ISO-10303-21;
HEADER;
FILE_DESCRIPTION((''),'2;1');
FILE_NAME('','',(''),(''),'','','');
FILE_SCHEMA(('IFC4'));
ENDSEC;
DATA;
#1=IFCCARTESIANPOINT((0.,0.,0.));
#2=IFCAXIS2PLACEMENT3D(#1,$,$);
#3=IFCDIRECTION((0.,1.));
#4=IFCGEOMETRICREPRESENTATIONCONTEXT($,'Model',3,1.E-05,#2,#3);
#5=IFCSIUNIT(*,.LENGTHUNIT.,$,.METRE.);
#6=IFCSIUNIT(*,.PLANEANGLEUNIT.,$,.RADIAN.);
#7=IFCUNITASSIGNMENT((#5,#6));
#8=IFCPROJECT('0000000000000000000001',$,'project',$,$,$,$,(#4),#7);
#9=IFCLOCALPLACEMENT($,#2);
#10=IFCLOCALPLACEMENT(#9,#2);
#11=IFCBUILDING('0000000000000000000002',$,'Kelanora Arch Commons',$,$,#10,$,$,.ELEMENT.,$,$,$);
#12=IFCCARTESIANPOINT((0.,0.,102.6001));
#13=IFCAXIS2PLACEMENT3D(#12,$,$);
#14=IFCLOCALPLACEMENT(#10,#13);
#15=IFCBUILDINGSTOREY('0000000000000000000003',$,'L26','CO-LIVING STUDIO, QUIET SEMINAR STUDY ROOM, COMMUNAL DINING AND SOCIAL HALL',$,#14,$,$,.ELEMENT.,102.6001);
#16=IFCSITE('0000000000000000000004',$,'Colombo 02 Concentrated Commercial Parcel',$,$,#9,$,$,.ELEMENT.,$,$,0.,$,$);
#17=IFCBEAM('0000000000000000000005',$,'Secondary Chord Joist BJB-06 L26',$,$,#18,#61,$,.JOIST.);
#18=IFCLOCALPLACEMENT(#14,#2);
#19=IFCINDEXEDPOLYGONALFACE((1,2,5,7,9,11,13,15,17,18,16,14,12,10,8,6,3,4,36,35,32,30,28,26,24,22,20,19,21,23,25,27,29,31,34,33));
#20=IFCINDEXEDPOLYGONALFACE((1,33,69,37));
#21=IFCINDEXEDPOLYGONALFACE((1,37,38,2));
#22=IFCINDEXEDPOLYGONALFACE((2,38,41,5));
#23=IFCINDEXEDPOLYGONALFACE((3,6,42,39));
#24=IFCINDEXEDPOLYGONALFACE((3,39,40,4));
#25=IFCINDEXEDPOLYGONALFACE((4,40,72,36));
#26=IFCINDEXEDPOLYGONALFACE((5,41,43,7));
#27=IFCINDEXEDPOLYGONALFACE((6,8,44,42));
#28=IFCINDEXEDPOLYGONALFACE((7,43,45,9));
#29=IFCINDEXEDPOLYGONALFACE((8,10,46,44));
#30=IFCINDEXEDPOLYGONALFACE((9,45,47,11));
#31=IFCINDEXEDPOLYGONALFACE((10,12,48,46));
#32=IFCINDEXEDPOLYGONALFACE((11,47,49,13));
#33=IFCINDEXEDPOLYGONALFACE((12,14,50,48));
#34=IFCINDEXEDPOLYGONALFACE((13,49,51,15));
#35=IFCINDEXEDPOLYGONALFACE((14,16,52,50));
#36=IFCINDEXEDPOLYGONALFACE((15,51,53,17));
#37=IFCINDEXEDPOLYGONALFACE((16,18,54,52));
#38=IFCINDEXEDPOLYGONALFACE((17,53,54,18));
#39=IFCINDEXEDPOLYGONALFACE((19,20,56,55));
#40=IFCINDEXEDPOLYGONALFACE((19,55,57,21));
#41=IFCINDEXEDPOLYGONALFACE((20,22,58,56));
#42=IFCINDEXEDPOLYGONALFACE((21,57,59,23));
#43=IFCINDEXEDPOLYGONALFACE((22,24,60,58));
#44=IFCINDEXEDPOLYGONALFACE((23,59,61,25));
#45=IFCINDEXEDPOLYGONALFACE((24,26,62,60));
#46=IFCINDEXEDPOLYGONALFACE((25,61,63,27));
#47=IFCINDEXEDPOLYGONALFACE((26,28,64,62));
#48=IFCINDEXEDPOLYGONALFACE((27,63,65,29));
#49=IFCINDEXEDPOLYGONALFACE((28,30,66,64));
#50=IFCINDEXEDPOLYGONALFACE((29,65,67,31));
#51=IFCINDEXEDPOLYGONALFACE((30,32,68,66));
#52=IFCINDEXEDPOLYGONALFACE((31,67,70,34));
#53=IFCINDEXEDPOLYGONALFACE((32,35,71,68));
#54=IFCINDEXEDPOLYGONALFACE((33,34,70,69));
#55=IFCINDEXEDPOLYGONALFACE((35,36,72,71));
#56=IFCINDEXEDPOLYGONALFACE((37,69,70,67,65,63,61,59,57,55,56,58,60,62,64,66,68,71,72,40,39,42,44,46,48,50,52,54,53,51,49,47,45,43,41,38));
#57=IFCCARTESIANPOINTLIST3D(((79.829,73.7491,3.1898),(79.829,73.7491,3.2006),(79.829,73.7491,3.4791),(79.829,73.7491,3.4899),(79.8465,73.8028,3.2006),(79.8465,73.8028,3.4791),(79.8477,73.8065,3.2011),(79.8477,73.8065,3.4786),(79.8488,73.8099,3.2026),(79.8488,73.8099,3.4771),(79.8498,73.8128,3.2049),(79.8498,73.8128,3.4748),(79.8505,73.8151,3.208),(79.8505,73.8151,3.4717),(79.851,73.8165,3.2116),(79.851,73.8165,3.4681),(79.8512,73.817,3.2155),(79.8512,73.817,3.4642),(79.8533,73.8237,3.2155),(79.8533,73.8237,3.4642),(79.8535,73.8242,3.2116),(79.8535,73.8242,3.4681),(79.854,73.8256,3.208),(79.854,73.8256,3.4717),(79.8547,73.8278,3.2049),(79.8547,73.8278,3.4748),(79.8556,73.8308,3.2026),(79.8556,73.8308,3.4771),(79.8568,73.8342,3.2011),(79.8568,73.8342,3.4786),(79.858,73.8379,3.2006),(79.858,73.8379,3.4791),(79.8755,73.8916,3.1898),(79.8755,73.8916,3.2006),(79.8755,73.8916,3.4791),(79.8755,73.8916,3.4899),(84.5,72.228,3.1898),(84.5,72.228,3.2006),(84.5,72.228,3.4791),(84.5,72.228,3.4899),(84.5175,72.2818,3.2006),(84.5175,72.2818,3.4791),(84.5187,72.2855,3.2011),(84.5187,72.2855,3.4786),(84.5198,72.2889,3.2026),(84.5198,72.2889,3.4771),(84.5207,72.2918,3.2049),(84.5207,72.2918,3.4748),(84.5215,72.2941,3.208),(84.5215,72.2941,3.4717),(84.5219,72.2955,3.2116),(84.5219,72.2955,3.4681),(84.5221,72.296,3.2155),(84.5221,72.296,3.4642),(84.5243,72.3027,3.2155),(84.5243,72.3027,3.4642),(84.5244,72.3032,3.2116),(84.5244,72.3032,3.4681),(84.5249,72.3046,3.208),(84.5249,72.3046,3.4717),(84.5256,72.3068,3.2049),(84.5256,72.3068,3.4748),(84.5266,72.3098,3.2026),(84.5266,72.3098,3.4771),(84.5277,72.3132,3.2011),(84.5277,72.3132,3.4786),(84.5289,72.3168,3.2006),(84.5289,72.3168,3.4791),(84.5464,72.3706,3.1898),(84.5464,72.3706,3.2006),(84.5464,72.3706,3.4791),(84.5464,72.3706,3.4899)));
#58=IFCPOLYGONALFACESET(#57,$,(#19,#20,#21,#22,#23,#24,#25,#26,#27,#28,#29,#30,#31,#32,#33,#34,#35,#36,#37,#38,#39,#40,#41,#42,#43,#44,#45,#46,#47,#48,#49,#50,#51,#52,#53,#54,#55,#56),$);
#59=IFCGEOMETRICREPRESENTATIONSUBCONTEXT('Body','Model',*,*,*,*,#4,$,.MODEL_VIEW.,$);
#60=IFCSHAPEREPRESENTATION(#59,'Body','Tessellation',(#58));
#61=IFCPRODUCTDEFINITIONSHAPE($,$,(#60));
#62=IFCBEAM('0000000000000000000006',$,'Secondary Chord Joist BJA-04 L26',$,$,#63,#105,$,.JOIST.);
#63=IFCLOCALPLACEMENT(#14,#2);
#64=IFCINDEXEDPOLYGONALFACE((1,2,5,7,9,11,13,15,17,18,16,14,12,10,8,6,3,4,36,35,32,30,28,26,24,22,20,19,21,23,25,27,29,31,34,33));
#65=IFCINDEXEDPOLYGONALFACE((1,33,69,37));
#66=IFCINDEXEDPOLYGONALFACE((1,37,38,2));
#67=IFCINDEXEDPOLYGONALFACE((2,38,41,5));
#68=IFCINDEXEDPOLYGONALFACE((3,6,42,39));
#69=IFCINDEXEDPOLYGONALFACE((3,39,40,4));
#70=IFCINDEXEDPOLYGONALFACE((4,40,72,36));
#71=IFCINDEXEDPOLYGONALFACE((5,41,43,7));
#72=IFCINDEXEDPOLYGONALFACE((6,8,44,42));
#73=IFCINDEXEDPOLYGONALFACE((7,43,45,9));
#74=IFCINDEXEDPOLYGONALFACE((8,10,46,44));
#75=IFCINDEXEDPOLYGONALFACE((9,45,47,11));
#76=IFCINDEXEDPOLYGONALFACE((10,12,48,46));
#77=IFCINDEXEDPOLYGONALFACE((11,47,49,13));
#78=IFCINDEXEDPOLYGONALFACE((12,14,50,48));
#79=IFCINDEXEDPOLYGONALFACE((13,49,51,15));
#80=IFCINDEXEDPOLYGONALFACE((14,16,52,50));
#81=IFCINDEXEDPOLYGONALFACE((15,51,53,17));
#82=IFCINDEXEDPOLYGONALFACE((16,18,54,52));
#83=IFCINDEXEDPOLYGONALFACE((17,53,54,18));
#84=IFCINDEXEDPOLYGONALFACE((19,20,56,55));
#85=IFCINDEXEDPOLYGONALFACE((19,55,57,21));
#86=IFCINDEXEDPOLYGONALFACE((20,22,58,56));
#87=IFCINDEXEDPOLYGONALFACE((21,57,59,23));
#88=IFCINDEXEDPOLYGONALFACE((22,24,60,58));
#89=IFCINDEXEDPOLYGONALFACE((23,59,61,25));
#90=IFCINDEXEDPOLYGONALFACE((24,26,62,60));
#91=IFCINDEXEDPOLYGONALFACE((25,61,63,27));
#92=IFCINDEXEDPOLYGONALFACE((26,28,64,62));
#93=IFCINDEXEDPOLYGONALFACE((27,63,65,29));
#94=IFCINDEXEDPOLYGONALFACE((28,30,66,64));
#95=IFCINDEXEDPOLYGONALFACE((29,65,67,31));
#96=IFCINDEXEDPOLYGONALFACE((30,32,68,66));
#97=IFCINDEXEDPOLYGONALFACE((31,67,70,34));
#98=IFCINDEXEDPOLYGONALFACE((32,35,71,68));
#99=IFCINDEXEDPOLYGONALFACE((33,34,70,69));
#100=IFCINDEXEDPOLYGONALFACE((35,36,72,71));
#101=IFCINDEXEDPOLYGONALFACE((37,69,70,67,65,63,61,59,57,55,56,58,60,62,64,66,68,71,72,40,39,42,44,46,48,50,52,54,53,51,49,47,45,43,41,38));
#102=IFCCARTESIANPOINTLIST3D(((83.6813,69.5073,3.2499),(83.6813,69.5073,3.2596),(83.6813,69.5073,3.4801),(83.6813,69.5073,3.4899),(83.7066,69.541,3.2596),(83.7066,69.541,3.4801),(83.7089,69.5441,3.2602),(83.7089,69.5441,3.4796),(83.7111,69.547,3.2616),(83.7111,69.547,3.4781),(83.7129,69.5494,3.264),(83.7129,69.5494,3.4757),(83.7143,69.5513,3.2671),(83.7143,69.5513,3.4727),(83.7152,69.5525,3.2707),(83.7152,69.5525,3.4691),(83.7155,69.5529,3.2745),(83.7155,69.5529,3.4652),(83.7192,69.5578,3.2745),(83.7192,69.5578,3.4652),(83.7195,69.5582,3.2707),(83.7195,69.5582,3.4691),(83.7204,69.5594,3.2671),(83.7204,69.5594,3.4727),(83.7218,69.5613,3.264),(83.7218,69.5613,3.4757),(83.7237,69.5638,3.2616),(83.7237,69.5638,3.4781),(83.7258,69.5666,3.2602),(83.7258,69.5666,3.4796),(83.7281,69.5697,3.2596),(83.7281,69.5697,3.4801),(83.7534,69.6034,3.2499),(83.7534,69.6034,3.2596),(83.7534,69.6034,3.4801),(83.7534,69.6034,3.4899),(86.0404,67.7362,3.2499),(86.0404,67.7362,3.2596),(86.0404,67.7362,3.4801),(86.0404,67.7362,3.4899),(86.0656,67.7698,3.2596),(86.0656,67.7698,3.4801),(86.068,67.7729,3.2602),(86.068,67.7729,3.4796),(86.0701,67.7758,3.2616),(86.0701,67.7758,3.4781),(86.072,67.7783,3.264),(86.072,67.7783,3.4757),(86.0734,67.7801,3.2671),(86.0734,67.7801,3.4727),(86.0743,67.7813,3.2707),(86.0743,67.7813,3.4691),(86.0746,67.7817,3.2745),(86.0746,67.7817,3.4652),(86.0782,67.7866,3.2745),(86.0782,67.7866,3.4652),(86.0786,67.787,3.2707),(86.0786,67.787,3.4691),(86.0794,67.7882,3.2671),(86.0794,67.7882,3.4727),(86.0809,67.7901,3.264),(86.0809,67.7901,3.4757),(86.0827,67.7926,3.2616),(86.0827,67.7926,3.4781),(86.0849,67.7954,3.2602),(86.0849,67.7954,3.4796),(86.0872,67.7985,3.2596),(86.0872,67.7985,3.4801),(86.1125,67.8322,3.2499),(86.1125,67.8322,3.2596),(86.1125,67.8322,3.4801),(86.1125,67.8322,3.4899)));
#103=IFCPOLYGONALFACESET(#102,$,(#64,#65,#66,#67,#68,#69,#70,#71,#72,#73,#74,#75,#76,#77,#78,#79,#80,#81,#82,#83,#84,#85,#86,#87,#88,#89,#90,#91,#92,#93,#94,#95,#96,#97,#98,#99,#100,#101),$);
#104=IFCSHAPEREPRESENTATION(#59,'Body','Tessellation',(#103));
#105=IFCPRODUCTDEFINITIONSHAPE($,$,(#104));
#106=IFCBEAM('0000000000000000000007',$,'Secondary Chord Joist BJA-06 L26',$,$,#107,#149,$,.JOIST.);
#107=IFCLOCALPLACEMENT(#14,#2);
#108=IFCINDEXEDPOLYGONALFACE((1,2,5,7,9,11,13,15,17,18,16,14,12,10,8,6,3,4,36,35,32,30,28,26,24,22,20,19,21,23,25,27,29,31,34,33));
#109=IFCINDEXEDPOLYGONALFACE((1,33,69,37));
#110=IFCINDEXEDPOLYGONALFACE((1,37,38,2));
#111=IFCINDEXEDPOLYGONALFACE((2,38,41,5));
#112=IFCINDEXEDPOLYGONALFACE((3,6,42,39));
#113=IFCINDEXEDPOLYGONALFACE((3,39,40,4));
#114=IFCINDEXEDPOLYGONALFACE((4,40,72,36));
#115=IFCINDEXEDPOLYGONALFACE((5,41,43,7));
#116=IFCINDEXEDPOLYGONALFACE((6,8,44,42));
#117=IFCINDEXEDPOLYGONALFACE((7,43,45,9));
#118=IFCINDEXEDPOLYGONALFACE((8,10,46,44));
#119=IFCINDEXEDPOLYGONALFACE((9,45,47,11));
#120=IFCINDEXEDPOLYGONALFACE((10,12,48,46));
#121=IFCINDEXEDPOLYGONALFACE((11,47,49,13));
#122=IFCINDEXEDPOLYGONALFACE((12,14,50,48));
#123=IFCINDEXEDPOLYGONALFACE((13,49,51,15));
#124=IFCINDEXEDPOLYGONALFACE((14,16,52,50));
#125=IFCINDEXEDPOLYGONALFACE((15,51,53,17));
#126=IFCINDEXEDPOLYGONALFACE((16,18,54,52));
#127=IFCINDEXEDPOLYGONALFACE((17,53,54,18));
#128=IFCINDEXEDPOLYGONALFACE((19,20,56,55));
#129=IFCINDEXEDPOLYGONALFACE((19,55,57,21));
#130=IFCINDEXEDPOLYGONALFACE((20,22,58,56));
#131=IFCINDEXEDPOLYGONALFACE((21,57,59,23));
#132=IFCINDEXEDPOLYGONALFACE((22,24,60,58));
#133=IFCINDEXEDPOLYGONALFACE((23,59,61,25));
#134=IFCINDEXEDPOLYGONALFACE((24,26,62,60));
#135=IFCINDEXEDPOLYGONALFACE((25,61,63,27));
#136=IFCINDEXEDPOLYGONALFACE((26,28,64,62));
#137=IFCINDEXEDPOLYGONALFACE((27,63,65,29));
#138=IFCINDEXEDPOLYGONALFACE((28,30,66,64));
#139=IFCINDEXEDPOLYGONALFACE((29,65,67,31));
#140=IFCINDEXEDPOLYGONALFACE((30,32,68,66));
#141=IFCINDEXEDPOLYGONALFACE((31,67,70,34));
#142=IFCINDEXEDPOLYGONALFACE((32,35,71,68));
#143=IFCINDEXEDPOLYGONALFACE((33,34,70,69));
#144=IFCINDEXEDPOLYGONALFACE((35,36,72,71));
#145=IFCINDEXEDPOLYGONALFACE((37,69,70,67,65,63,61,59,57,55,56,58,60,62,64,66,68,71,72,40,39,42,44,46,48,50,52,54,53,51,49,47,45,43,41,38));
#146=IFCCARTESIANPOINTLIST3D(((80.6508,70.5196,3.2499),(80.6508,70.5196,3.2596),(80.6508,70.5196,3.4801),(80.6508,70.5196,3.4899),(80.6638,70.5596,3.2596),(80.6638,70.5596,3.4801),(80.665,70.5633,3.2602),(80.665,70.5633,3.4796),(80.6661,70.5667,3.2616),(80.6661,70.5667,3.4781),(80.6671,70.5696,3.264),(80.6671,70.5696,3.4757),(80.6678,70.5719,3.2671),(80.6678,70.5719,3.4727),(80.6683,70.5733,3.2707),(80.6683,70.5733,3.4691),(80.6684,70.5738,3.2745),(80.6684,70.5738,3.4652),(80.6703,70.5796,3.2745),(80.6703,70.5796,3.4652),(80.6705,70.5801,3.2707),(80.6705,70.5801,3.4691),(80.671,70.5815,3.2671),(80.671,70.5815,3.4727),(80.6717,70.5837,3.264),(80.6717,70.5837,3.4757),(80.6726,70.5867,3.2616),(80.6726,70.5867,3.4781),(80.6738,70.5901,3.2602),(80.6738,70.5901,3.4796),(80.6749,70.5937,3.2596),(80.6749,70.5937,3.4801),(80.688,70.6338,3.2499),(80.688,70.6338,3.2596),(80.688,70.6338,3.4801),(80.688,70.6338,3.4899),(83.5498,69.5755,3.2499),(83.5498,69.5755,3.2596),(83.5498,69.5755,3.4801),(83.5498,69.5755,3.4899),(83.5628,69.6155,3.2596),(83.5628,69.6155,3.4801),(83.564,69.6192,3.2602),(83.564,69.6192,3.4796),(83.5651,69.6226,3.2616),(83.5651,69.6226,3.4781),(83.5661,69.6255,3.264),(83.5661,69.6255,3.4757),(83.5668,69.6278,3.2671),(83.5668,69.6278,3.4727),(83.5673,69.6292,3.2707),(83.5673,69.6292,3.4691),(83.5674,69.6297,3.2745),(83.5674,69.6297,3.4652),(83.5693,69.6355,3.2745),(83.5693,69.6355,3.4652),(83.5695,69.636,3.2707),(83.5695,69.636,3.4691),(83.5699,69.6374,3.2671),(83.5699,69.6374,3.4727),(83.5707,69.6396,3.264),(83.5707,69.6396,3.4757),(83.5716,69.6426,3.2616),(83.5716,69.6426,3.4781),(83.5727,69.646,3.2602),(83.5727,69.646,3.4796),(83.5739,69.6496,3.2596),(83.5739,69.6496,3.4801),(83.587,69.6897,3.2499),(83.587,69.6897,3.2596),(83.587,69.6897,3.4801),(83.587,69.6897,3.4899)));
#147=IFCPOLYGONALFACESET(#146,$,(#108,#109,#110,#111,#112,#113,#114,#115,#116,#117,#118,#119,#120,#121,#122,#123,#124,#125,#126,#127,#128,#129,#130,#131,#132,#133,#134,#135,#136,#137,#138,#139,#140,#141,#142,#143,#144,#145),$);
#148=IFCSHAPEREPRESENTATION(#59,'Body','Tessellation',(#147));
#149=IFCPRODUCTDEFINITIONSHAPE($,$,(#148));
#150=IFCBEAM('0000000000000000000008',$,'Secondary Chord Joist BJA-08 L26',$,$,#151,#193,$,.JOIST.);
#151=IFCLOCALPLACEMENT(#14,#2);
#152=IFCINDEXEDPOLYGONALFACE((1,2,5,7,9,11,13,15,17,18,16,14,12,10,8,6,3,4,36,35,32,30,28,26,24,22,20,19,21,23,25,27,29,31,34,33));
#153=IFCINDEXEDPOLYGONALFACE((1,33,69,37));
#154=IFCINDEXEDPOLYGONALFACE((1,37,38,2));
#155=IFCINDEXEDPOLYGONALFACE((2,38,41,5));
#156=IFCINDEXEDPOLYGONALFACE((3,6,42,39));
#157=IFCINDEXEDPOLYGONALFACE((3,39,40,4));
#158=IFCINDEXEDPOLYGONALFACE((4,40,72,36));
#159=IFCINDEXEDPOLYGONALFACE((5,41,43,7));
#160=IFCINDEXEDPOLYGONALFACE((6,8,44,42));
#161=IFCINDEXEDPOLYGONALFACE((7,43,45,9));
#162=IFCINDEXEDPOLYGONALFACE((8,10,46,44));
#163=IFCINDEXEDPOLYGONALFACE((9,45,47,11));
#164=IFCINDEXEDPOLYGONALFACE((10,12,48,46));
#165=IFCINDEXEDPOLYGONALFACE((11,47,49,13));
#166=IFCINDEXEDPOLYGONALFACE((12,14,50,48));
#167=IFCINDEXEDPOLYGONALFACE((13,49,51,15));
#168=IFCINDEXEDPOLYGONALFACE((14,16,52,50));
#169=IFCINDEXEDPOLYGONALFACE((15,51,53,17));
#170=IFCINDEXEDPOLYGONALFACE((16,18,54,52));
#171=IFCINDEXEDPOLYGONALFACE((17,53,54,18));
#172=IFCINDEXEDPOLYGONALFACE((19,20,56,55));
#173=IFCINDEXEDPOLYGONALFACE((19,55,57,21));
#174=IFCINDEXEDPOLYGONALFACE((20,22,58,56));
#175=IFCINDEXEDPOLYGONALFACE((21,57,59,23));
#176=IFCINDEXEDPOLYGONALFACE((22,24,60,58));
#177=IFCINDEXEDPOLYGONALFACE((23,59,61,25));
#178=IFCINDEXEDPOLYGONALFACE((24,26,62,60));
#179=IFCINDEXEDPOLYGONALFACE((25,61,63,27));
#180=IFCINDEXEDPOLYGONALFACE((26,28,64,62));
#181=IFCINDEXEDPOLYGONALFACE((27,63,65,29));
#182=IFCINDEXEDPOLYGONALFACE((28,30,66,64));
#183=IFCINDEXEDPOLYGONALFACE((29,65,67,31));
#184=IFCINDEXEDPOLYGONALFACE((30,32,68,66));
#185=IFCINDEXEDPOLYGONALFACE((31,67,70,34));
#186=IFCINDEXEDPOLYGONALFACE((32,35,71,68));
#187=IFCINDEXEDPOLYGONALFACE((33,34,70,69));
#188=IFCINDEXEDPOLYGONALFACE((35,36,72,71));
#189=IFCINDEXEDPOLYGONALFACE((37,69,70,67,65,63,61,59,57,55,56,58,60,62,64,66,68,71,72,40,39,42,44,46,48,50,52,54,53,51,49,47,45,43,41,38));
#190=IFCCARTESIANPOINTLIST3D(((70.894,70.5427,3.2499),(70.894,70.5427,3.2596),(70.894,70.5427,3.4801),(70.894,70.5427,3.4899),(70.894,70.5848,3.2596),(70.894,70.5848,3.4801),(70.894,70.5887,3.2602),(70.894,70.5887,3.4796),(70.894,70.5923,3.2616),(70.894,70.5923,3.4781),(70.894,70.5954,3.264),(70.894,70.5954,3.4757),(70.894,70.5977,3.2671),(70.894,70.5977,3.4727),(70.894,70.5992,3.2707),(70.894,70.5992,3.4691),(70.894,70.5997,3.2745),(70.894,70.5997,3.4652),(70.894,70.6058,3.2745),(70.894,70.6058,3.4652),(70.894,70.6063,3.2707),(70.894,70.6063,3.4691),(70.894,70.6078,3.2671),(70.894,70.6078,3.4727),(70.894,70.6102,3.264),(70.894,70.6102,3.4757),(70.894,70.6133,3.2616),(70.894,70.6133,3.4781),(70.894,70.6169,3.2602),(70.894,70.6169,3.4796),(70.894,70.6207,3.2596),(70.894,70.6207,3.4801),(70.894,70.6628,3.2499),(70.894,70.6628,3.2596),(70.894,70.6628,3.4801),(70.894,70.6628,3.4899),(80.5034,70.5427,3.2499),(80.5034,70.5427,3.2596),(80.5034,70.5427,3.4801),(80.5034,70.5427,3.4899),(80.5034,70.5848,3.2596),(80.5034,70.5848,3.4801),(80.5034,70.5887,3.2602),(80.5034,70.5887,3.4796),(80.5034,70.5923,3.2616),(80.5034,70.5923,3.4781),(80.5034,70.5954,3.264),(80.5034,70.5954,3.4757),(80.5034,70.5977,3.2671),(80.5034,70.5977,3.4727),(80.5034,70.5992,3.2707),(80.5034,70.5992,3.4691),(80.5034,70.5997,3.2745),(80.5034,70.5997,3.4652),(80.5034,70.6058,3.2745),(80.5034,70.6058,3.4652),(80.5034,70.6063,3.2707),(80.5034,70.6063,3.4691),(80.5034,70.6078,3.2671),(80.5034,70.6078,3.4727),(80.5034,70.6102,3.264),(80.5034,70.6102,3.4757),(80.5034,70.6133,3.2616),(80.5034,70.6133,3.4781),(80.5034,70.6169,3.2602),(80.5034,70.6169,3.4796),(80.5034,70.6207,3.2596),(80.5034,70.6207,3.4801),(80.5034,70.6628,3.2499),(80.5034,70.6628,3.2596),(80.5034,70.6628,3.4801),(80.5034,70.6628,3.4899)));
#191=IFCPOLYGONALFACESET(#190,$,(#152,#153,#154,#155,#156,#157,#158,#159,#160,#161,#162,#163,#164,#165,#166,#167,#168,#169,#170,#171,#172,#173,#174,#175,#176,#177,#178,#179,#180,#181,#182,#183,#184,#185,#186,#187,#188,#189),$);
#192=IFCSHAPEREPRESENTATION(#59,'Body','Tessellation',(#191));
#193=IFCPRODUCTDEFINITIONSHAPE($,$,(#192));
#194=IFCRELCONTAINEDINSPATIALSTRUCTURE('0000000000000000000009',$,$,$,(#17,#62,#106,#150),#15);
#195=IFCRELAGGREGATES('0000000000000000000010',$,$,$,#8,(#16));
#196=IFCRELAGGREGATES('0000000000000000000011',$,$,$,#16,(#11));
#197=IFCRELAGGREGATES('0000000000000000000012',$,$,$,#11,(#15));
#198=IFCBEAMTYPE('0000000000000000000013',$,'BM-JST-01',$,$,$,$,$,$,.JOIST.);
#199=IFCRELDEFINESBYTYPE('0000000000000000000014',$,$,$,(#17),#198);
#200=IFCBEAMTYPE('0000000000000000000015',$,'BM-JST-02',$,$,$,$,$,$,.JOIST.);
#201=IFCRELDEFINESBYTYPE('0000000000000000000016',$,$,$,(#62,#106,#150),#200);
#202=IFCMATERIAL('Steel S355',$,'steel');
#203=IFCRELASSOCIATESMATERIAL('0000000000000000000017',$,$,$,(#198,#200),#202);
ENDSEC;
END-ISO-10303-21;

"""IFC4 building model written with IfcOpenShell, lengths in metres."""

from ifc_helpers import new_model, si_unit, direction, frame, origin, origin_2d, place, context, subcontext, project, spatial, i_section, extrude, material, material_profile, profile_set, type_object, element, save


model = new_model("IFC4")

# Units and contexts
model_context = context("Model", 3, precision=1e-05, world=origin(), true_north=direction((0.0, 1.0)))
body_context = subcontext(model_context, "Body", "Model", "MODEL_VIEW")
ifc_project = project(units=[si_unit("LENGTHUNIT", "METRE"), si_unit("PLANEANGLEUNIT", "RADIAN")], contexts=[model_context])

# Site, building, storey
site_placement = place(None, origin())
site = spatial("IfcSite", under=ifc_project, at=site_placement, Name="Colombo 02 Concentrated Commercial Parcel", CompositionType="ELEMENT", RefElevation=0.0)
building_placement = place(site_placement, origin())
building = spatial("IfcBuilding", under=site, at=building_placement, Name="Kelanora Arch Commons", CompositionType="ELEMENT")
storey_placement = place(building_placement, frame((0.0, 0.0, 102.6001)))
storey = spatial("IfcBuildingStorey", under=building, at=storey_placement, Name="L26", Description="CO-LIVING STUDIO, QUIET SEMINAR STUDY ROOM, COMMUNAL DINING AND SOCIAL HALL", CompositionType="ELEMENT", Elevation=102.6001)

# Beams
ifc_material_1 = material(Name="Steel S355", Category="steel")
ifc_material_profile_1 = material_profile(ifc_material_1, i_section(OverallWidth=0.1499, OverallDepth=0.3, WebThickness=0.0071, FlangeThickness=0.0107, FilletRadius=0.0149, at=origin_2d()), Name="IPE300")
ifc_profile_set_1 = profile_set([ifc_material_profile_1], Name="Steel S355")
beam_type_1 = type_object("IfcBeamType", Name="BM-JST-01", PredefinedType="JOIST", material=ifc_profile_set_1)
beam_1_placement = place(storey_placement, frame((84.5232, 72.2993, 3.3398), z_axis=(-0.950857, 0.30963, 0.0), x_axis=(-0.30963, -0.950857, 0.0)))
element("IfcBeam", 1, at=beam_1_placement, inside=storey, type_object=beam_type_1, Name="Secondary Chord Joist BJB-06 L26", PredefinedType="JOIST", context=body_context, shape_type="SweptSolid", body=[
    extrude(i_section(OverallWidth=0.1499, OverallDepth=0.3, WebThickness=0.0071, FlangeThickness=0.0107, FilletRadius=0.0149, at=origin_2d()), origin(), (0.0, 0.0, 1.0), 4.9124),
])
ifc_material_profile_2 = material_profile(ifc_material_1, i_section(OverallWidth=0.1201, OverallDepth=0.24, WebThickness=0.0061, FlangeThickness=0.0098, FilletRadius=0.0149, at=origin_2d()), Name="IPE240")
ifc_profile_set_2 = profile_set([ifc_material_profile_2], Name="Steel S355")
beam_type_2 = type_object("IfcBeamType", Name="BM-JST-02", PredefinedType="JOIST", material=ifc_profile_set_2)
beam_2_placement = place(storey_placement, frame((86.0764, 67.7842, 3.3699), z_axis=(-0.799692, 0.60041, 0.0), x_axis=(-0.60041, -0.799692, 0.0)))
element("IfcBeam", 2, at=beam_2_placement, inside=storey, type_object=beam_type_2, Name="Secondary Chord Joist BJA-04 L26", PredefinedType="JOIST", context=body_context, shape_type="SweptSolid", body=[
    extrude(i_section(OverallWidth=0.1201, OverallDepth=0.24, WebThickness=0.0061, FlangeThickness=0.0098, FilletRadius=0.0149, at=origin_2d()), origin(), (0.0, 0.0, 1.0), 2.95),
])
beam_3_placement = place(storey_placement, frame((83.5684, 69.6326, 3.3699), z_axis=(-0.950847, 0.309662, 0.0), x_axis=(-0.309662, -0.950847, 0.0)))
element("IfcBeam", 3, at=beam_3_placement, inside=storey, type_object=beam_type_2, Name="Secondary Chord Joist BJA-06 L26", PredefinedType="JOIST", context=body_context, shape_type="SweptSolid", body=[
    extrude(i_section(OverallWidth=0.1201, OverallDepth=0.24, WebThickness=0.0061, FlangeThickness=0.0098, FilletRadius=0.0149, at=origin_2d()), origin(), (0.0, 0.0, 1.0), 3.0488),
])
beam_4_placement = place(storey_placement, frame((80.5034, 70.6028, 3.3699), z_axis=(-1.0, 0.0, 0.0), x_axis=(0.0, -1.0, 0.0)))
element("IfcBeam", 4, at=beam_4_placement, inside=storey, type_object=beam_type_2, Name="Secondary Chord Joist BJA-08 L26", PredefinedType="JOIST", context=body_context, shape_type="SweptSolid", body=[
    extrude(i_section(OverallWidth=0.1201, OverallDepth=0.24, WebThickness=0.0061, FlangeThickness=0.0098, FilletRadius=0.0149, at=origin_2d()), origin(), (0.0, 0.0, 1.0), 9.6094),
])

save(model, "model.ifc")
